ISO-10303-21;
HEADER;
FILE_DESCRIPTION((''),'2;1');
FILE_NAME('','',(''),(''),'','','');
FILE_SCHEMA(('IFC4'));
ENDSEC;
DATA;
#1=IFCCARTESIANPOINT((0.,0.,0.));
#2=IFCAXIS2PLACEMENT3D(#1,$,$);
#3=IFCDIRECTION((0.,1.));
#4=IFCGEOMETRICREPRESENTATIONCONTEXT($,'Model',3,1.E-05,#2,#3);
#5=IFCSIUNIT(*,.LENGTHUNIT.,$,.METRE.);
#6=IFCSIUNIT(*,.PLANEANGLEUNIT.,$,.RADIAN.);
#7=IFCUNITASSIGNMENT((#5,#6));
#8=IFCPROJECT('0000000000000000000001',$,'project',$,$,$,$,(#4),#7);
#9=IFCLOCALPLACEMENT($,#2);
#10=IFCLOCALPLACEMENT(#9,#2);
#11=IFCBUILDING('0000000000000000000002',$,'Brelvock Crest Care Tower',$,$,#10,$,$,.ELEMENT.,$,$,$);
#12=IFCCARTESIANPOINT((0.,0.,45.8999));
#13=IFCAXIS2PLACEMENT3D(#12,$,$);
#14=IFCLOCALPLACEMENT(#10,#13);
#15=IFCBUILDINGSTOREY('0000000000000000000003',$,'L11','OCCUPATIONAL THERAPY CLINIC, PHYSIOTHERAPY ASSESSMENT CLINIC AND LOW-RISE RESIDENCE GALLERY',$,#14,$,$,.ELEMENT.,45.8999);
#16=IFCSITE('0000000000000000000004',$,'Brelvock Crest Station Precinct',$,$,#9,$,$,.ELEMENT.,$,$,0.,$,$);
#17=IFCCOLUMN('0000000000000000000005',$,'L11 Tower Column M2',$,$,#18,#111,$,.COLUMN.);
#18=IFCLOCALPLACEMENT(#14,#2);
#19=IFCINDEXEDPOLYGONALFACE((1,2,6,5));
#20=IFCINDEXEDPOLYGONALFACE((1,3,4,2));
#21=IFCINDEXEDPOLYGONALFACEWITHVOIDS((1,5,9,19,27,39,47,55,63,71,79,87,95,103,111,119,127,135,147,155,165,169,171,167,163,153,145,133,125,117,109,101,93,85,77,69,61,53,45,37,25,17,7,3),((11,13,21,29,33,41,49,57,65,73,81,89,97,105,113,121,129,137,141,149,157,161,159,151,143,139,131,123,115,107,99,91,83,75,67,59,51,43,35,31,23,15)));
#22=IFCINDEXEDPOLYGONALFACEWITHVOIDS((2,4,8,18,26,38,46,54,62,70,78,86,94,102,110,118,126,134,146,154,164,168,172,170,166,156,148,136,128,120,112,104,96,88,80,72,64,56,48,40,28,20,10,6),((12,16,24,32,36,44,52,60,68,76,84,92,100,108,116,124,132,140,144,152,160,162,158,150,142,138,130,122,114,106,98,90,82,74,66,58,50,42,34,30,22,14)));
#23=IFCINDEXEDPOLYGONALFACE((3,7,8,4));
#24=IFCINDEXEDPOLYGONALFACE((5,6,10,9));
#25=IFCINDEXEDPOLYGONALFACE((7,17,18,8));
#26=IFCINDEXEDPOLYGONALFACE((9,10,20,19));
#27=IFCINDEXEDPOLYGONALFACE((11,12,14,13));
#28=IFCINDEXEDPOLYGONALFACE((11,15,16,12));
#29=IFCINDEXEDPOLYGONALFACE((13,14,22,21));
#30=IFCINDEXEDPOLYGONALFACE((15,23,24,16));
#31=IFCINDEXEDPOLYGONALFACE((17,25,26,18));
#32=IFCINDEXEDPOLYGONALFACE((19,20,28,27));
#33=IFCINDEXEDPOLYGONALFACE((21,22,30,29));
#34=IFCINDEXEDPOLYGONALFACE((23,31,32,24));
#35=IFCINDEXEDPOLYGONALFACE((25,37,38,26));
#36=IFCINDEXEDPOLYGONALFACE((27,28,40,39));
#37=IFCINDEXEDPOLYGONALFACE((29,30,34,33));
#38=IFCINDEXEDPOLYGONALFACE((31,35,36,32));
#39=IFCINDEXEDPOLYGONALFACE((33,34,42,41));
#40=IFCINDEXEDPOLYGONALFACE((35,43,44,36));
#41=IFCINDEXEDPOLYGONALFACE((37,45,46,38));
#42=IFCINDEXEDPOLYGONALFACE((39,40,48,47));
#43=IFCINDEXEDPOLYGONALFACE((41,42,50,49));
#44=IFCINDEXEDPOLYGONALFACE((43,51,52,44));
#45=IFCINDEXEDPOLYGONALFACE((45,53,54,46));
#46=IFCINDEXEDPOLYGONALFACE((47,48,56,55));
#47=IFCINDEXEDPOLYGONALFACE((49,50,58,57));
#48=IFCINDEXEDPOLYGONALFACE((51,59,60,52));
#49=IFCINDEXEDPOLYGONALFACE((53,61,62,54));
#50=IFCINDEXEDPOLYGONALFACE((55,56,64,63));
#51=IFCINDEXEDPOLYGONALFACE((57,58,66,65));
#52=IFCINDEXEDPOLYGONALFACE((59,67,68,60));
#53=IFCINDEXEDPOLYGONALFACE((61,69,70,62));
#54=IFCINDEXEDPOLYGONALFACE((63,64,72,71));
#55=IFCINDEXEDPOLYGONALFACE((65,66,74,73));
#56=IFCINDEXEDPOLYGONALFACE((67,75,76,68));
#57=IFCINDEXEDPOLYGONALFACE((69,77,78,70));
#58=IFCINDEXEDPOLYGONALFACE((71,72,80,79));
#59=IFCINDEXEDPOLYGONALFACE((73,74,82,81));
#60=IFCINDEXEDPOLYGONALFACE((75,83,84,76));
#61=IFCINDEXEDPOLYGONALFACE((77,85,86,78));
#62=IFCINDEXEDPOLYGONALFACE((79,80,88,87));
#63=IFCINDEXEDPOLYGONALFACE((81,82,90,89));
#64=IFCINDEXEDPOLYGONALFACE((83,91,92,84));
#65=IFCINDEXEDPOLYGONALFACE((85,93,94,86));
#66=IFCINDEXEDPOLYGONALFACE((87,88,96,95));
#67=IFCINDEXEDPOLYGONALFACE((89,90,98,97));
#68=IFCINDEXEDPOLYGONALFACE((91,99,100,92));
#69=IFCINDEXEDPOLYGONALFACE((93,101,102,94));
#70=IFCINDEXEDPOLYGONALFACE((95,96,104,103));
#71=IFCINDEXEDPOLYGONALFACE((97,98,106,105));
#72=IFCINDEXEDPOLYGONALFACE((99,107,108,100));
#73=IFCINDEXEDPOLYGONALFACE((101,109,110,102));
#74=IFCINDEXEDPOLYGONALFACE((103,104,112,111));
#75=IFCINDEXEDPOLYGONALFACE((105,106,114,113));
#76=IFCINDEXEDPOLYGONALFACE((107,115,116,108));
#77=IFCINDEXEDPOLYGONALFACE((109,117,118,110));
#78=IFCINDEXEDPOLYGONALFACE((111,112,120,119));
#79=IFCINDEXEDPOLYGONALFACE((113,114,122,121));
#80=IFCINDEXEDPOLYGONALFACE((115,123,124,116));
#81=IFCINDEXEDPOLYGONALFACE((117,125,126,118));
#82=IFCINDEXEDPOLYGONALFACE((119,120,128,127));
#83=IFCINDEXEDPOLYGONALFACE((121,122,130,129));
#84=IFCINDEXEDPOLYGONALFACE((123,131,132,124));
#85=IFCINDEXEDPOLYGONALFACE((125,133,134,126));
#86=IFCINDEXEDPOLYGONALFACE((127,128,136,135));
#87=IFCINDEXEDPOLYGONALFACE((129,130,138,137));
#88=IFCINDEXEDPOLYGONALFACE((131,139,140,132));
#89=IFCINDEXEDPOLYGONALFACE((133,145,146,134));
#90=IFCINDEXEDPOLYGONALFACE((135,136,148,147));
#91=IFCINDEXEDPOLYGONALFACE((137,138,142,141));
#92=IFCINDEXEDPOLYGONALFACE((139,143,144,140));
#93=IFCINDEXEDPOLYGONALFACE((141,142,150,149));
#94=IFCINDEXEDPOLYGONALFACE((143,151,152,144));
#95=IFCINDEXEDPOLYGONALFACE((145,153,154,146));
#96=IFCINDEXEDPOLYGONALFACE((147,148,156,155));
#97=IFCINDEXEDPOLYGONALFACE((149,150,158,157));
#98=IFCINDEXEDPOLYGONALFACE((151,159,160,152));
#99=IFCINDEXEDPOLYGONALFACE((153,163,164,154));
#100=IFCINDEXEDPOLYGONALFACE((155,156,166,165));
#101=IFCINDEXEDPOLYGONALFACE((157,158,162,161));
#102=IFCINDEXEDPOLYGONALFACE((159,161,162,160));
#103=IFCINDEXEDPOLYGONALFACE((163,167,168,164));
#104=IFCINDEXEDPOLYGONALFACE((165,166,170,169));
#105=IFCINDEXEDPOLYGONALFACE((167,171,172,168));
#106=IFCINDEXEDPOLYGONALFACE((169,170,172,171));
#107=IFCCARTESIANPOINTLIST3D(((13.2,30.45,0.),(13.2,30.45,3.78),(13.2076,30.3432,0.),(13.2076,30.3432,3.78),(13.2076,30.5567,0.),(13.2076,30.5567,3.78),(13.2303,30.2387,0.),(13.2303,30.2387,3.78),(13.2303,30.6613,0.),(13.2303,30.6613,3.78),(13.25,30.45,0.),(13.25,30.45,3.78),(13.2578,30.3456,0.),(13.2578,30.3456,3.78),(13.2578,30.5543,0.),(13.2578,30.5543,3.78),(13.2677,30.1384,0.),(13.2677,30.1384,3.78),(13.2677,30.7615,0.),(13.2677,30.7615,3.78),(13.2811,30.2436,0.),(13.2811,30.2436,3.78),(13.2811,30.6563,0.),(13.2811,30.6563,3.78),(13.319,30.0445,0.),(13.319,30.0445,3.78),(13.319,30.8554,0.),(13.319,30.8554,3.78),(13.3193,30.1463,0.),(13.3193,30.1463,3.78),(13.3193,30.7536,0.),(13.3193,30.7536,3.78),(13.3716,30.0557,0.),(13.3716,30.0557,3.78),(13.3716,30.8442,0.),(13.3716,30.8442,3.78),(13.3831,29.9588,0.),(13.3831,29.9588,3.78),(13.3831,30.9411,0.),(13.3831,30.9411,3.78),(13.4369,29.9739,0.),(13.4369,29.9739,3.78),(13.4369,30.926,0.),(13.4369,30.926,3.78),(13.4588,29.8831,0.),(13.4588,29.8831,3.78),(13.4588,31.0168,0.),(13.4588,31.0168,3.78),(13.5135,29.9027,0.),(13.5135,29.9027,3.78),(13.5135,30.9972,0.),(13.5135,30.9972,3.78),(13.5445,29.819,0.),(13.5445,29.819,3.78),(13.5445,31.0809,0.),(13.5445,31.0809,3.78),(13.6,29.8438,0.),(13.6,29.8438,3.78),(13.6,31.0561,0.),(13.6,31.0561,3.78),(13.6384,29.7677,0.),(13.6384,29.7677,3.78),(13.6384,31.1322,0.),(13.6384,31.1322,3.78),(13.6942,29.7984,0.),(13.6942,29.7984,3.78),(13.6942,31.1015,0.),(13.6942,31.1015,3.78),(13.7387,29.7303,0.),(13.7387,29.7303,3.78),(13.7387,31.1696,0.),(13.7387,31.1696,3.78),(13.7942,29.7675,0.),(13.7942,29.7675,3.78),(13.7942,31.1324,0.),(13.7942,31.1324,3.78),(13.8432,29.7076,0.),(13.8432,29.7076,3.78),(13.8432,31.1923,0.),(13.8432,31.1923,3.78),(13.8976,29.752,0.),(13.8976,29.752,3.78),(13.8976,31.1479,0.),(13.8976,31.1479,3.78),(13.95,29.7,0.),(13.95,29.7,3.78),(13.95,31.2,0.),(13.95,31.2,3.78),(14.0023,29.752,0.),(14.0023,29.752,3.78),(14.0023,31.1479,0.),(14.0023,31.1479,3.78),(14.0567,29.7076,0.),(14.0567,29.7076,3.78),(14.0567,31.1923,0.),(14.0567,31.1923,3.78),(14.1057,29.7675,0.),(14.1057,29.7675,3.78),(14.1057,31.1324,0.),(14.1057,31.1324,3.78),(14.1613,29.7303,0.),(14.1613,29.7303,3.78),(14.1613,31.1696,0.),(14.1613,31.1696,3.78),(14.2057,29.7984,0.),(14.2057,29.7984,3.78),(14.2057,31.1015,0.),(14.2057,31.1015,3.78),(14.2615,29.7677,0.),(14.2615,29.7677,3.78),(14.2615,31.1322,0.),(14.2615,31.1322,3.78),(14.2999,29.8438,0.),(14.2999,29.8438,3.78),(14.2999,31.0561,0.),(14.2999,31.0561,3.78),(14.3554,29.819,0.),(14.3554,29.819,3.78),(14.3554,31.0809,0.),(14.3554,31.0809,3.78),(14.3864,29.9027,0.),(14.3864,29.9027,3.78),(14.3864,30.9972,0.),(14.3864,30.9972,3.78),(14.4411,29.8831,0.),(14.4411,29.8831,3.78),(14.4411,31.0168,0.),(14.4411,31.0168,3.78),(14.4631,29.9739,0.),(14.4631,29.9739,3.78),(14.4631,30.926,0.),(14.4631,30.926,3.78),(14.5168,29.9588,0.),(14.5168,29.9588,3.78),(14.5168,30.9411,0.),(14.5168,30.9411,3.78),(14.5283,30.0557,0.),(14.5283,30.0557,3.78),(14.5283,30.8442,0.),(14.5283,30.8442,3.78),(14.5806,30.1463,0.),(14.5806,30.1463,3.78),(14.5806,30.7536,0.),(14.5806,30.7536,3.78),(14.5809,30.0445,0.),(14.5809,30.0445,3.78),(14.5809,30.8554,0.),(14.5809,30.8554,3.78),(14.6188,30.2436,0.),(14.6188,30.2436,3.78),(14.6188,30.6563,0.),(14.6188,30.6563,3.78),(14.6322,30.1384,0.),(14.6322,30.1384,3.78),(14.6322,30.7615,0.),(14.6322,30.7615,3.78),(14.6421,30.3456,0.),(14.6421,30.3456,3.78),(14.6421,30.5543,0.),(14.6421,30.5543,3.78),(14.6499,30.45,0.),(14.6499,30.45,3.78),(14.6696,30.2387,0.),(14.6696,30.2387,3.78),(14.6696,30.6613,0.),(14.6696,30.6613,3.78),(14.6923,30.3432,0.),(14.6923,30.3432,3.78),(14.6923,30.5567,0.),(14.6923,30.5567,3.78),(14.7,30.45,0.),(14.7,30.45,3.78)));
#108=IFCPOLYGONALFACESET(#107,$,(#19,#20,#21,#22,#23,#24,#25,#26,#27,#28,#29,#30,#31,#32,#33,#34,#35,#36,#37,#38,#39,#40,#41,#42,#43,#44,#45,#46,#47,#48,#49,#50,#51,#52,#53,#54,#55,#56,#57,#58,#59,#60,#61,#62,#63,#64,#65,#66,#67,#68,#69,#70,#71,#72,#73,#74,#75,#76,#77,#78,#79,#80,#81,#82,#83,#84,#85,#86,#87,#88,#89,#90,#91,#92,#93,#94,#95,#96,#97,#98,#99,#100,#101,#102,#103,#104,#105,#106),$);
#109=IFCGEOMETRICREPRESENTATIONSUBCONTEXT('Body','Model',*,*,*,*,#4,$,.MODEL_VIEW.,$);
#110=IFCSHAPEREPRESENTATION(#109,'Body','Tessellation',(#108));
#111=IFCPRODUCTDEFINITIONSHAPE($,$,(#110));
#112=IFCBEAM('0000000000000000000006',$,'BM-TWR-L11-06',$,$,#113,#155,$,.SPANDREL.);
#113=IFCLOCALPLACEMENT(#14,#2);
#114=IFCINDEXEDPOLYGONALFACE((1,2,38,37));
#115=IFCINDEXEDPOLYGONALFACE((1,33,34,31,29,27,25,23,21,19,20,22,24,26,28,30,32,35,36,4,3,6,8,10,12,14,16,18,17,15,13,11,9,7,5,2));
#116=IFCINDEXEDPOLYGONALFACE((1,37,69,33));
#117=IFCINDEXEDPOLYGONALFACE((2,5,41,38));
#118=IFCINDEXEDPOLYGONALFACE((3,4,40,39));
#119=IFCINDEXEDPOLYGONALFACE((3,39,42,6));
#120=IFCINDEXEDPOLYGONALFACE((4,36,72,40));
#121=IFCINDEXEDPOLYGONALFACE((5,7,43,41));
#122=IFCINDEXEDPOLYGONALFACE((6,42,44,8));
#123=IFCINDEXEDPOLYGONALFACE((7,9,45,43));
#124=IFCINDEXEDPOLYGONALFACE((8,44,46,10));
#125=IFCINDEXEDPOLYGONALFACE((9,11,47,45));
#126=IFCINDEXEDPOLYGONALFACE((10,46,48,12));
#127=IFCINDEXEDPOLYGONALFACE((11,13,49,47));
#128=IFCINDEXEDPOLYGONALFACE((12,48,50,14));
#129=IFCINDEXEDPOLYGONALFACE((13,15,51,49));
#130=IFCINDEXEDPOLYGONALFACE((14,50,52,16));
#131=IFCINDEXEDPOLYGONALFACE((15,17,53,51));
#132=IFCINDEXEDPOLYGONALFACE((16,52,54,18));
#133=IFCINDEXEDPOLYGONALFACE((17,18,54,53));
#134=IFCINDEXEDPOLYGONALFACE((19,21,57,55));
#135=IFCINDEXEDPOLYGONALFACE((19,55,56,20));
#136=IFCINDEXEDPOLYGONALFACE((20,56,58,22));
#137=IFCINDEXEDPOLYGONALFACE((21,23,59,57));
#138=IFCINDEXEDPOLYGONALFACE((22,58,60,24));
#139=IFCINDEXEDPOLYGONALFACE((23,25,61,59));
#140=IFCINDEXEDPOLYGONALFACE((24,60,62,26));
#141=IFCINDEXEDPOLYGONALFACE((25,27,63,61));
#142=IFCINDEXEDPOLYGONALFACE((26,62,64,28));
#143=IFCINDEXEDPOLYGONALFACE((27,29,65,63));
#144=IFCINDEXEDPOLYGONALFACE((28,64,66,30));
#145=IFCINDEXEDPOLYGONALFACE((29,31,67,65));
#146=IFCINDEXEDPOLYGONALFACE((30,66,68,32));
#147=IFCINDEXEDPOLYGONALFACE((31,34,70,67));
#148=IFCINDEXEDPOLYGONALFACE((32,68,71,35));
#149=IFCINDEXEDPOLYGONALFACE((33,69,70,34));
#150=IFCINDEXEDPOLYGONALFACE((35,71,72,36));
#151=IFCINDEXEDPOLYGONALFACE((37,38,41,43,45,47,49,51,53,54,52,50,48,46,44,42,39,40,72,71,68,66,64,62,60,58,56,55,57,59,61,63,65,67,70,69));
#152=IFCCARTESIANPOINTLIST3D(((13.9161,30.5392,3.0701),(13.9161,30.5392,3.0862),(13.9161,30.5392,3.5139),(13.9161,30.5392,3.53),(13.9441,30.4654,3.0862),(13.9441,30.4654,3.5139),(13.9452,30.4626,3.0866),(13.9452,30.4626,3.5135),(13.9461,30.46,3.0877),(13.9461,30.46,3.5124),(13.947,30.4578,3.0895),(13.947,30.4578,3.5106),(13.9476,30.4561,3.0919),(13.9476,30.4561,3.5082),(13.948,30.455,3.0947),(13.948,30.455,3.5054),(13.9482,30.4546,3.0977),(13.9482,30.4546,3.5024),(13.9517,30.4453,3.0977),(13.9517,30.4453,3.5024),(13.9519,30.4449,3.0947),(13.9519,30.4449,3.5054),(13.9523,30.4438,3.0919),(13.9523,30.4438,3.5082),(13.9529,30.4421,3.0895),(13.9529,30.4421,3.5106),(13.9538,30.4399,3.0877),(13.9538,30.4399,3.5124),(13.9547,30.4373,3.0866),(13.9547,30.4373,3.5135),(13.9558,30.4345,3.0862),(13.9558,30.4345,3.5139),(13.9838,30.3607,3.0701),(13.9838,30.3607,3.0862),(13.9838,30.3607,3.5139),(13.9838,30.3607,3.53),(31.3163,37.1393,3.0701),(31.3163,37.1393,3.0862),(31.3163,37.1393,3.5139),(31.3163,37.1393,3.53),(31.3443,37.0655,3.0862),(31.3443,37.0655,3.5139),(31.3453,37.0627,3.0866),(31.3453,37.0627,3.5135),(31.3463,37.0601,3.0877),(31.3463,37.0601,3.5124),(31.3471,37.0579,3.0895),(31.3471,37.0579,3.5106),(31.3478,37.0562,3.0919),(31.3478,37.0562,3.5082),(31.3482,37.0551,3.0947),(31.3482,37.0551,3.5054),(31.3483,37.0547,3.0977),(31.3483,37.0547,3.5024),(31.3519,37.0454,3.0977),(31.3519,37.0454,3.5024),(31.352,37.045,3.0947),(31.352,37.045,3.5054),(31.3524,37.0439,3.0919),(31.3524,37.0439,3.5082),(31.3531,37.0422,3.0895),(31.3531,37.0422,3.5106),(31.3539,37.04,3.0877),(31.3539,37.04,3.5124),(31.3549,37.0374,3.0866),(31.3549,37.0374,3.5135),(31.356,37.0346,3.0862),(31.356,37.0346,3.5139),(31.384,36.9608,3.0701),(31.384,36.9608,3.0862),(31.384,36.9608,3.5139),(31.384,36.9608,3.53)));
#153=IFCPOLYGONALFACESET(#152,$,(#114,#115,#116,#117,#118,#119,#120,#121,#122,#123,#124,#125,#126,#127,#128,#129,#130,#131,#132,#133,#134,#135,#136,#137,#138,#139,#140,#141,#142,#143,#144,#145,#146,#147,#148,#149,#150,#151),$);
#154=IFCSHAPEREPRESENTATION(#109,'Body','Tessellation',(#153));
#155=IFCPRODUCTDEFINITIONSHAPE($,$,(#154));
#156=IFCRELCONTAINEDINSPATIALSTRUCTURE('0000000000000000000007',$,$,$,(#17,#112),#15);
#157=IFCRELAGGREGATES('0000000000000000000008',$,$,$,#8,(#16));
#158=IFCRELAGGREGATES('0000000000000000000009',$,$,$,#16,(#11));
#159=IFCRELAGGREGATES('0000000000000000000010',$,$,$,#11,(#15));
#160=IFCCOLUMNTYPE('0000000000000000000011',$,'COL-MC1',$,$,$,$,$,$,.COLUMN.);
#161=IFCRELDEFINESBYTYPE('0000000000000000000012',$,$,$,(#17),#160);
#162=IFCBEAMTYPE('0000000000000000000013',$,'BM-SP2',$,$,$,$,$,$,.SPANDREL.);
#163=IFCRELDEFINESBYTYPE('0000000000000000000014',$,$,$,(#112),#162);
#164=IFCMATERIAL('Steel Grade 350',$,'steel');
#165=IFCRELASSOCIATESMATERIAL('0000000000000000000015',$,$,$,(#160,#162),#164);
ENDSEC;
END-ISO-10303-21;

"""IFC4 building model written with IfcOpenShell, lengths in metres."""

from ifc_helpers import new_model, si_unit, direction, frame, origin, origin_2d, place, context, subcontext, project, spatial, hollow_circle, i_section, extrude, source, transform, mapped, material, material_profile, profile_set, type_object, element, save


model = new_model("IFC4")

# Units and contexts
model_context = context("Model", 3, precision=1e-05, world=origin(), true_north=direction((0.0, 1.0)))
body_context = subcontext(model_context, "Body", "Model", "MODEL_VIEW")
ifc_project = project(units=[si_unit("LENGTHUNIT", "METRE"), si_unit("PLANEANGLEUNIT", "RADIAN")], contexts=[model_context])

# Site, building, storey
site_placement = place(None, origin())
site = spatial("IfcSite", under=ifc_project, at=site_placement, Name="Brelvock Crest Station Precinct", CompositionType="ELEMENT", RefElevation=0.0)
building_placement = place(site_placement, origin())
building = spatial("IfcBuilding", under=site, at=building_placement, Name="Brelvock Crest Care Tower", CompositionType="ELEMENT")
storey_placement = place(building_placement, frame((0.0, 0.0, 45.8999)))
storey = spatial("IfcBuildingStorey", under=building, at=storey_placement, Name="L11", Description="OCCUPATIONAL THERAPY CLINIC, PHYSIOTHERAPY ASSESSMENT CLINIC AND LOW-RISE RESIDENCE GALLERY", CompositionType="ELEMENT", Elevation=45.8999)

# Column
ifc_material_1 = material(Name="Steel Grade 350", Category="steel")
ifc_material_profile_1 = material_profile(ifc_material_1, hollow_circle(Radius=0.75, WallThickness=0.05, at=origin_2d()), Name="CFT1500x50")
ifc_profile_set_1 = profile_set([ifc_material_profile_1], Name="Steel Grade 350")
column_type = type_object("IfcColumnType", Name="COL-MC1", PredefinedType="COLUMN", material=ifc_profile_set_1)
shared_shape_1 = source(origin(), body_context, "Body", "SweptSolid", [
    extrude(hollow_circle(Radius=0.75, WallThickness=0.05, at=origin_2d()), origin(), (0.0, 0.0, 1.0), 3.78),
])
column_placement = place(storey_placement, frame((13.95, 30.45, 0.0), z_axis=(0.0, 0.0, 1.0), x_axis=(1.0, 0.0, 0.0)))
element("IfcColumn", 1, at=column_placement, inside=storey, type_object=column_type, Name="L11 Tower Column M2", PredefinedType="COLUMN", context=body_context, shape_type="MappedRepresentation", body=[
    mapped(shared_shape_1, transform((0.0, 0.0, 0.0), x_axis=(1.0, 0.0, 0.0), y_axis=(0.0, 1.0, 0.0), z_axis=(0.0, 0.0, 1.0), scale=1.0)),
])

# Beam
ifc_material_profile_2 = material_profile(ifc_material_1, i_section(OverallWidth=0.1909, OverallDepth=0.46, WebThickness=0.01, FlangeThickness=0.0161, FilletRadius=0.0115, at=origin_2d()), Name="460UB82.1")
ifc_profile_set_2 = profile_set([ifc_material_profile_2], Name="Steel Grade 350")
beam_type_1 = type_object("IfcBeamType", Name="BM-SP2", PredefinedType="SPANDREL", material=ifc_profile_set_2)
shared_shape_2 = source(origin(), body_context, "Body", "SweptSolid", [
    extrude(i_section(OverallWidth=0.1909, OverallDepth=0.46, WebThickness=0.01, FlangeThickness=0.0161, FilletRadius=0.0115, at=origin_2d()), origin(), (0.0, 0.0, 1.0), 18.6099),
])
beam_1_placement = place(storey_placement, frame((13.95, 30.45, 3.3), z_axis=(0.934997, 0.354656, 0.0), x_axis=(-0.354656, 0.934997, 0.0)))
element("IfcBeam", 2, at=beam_1_placement, inside=storey, type_object=beam_type_1, Name="BM-TWR-L11-06", PredefinedType="SPANDREL", context=body_context, shape_type="MappedRepresentation", body=[
    mapped(shared_shape_2, transform((0.0, 0.0, 0.0), x_axis=(1.0, 0.0, 0.0), y_axis=(0.0, 1.0, 0.0), z_axis=(0.0, 0.0, 1.0), scale=1.0)),
])

save(model, "model.ifc")
